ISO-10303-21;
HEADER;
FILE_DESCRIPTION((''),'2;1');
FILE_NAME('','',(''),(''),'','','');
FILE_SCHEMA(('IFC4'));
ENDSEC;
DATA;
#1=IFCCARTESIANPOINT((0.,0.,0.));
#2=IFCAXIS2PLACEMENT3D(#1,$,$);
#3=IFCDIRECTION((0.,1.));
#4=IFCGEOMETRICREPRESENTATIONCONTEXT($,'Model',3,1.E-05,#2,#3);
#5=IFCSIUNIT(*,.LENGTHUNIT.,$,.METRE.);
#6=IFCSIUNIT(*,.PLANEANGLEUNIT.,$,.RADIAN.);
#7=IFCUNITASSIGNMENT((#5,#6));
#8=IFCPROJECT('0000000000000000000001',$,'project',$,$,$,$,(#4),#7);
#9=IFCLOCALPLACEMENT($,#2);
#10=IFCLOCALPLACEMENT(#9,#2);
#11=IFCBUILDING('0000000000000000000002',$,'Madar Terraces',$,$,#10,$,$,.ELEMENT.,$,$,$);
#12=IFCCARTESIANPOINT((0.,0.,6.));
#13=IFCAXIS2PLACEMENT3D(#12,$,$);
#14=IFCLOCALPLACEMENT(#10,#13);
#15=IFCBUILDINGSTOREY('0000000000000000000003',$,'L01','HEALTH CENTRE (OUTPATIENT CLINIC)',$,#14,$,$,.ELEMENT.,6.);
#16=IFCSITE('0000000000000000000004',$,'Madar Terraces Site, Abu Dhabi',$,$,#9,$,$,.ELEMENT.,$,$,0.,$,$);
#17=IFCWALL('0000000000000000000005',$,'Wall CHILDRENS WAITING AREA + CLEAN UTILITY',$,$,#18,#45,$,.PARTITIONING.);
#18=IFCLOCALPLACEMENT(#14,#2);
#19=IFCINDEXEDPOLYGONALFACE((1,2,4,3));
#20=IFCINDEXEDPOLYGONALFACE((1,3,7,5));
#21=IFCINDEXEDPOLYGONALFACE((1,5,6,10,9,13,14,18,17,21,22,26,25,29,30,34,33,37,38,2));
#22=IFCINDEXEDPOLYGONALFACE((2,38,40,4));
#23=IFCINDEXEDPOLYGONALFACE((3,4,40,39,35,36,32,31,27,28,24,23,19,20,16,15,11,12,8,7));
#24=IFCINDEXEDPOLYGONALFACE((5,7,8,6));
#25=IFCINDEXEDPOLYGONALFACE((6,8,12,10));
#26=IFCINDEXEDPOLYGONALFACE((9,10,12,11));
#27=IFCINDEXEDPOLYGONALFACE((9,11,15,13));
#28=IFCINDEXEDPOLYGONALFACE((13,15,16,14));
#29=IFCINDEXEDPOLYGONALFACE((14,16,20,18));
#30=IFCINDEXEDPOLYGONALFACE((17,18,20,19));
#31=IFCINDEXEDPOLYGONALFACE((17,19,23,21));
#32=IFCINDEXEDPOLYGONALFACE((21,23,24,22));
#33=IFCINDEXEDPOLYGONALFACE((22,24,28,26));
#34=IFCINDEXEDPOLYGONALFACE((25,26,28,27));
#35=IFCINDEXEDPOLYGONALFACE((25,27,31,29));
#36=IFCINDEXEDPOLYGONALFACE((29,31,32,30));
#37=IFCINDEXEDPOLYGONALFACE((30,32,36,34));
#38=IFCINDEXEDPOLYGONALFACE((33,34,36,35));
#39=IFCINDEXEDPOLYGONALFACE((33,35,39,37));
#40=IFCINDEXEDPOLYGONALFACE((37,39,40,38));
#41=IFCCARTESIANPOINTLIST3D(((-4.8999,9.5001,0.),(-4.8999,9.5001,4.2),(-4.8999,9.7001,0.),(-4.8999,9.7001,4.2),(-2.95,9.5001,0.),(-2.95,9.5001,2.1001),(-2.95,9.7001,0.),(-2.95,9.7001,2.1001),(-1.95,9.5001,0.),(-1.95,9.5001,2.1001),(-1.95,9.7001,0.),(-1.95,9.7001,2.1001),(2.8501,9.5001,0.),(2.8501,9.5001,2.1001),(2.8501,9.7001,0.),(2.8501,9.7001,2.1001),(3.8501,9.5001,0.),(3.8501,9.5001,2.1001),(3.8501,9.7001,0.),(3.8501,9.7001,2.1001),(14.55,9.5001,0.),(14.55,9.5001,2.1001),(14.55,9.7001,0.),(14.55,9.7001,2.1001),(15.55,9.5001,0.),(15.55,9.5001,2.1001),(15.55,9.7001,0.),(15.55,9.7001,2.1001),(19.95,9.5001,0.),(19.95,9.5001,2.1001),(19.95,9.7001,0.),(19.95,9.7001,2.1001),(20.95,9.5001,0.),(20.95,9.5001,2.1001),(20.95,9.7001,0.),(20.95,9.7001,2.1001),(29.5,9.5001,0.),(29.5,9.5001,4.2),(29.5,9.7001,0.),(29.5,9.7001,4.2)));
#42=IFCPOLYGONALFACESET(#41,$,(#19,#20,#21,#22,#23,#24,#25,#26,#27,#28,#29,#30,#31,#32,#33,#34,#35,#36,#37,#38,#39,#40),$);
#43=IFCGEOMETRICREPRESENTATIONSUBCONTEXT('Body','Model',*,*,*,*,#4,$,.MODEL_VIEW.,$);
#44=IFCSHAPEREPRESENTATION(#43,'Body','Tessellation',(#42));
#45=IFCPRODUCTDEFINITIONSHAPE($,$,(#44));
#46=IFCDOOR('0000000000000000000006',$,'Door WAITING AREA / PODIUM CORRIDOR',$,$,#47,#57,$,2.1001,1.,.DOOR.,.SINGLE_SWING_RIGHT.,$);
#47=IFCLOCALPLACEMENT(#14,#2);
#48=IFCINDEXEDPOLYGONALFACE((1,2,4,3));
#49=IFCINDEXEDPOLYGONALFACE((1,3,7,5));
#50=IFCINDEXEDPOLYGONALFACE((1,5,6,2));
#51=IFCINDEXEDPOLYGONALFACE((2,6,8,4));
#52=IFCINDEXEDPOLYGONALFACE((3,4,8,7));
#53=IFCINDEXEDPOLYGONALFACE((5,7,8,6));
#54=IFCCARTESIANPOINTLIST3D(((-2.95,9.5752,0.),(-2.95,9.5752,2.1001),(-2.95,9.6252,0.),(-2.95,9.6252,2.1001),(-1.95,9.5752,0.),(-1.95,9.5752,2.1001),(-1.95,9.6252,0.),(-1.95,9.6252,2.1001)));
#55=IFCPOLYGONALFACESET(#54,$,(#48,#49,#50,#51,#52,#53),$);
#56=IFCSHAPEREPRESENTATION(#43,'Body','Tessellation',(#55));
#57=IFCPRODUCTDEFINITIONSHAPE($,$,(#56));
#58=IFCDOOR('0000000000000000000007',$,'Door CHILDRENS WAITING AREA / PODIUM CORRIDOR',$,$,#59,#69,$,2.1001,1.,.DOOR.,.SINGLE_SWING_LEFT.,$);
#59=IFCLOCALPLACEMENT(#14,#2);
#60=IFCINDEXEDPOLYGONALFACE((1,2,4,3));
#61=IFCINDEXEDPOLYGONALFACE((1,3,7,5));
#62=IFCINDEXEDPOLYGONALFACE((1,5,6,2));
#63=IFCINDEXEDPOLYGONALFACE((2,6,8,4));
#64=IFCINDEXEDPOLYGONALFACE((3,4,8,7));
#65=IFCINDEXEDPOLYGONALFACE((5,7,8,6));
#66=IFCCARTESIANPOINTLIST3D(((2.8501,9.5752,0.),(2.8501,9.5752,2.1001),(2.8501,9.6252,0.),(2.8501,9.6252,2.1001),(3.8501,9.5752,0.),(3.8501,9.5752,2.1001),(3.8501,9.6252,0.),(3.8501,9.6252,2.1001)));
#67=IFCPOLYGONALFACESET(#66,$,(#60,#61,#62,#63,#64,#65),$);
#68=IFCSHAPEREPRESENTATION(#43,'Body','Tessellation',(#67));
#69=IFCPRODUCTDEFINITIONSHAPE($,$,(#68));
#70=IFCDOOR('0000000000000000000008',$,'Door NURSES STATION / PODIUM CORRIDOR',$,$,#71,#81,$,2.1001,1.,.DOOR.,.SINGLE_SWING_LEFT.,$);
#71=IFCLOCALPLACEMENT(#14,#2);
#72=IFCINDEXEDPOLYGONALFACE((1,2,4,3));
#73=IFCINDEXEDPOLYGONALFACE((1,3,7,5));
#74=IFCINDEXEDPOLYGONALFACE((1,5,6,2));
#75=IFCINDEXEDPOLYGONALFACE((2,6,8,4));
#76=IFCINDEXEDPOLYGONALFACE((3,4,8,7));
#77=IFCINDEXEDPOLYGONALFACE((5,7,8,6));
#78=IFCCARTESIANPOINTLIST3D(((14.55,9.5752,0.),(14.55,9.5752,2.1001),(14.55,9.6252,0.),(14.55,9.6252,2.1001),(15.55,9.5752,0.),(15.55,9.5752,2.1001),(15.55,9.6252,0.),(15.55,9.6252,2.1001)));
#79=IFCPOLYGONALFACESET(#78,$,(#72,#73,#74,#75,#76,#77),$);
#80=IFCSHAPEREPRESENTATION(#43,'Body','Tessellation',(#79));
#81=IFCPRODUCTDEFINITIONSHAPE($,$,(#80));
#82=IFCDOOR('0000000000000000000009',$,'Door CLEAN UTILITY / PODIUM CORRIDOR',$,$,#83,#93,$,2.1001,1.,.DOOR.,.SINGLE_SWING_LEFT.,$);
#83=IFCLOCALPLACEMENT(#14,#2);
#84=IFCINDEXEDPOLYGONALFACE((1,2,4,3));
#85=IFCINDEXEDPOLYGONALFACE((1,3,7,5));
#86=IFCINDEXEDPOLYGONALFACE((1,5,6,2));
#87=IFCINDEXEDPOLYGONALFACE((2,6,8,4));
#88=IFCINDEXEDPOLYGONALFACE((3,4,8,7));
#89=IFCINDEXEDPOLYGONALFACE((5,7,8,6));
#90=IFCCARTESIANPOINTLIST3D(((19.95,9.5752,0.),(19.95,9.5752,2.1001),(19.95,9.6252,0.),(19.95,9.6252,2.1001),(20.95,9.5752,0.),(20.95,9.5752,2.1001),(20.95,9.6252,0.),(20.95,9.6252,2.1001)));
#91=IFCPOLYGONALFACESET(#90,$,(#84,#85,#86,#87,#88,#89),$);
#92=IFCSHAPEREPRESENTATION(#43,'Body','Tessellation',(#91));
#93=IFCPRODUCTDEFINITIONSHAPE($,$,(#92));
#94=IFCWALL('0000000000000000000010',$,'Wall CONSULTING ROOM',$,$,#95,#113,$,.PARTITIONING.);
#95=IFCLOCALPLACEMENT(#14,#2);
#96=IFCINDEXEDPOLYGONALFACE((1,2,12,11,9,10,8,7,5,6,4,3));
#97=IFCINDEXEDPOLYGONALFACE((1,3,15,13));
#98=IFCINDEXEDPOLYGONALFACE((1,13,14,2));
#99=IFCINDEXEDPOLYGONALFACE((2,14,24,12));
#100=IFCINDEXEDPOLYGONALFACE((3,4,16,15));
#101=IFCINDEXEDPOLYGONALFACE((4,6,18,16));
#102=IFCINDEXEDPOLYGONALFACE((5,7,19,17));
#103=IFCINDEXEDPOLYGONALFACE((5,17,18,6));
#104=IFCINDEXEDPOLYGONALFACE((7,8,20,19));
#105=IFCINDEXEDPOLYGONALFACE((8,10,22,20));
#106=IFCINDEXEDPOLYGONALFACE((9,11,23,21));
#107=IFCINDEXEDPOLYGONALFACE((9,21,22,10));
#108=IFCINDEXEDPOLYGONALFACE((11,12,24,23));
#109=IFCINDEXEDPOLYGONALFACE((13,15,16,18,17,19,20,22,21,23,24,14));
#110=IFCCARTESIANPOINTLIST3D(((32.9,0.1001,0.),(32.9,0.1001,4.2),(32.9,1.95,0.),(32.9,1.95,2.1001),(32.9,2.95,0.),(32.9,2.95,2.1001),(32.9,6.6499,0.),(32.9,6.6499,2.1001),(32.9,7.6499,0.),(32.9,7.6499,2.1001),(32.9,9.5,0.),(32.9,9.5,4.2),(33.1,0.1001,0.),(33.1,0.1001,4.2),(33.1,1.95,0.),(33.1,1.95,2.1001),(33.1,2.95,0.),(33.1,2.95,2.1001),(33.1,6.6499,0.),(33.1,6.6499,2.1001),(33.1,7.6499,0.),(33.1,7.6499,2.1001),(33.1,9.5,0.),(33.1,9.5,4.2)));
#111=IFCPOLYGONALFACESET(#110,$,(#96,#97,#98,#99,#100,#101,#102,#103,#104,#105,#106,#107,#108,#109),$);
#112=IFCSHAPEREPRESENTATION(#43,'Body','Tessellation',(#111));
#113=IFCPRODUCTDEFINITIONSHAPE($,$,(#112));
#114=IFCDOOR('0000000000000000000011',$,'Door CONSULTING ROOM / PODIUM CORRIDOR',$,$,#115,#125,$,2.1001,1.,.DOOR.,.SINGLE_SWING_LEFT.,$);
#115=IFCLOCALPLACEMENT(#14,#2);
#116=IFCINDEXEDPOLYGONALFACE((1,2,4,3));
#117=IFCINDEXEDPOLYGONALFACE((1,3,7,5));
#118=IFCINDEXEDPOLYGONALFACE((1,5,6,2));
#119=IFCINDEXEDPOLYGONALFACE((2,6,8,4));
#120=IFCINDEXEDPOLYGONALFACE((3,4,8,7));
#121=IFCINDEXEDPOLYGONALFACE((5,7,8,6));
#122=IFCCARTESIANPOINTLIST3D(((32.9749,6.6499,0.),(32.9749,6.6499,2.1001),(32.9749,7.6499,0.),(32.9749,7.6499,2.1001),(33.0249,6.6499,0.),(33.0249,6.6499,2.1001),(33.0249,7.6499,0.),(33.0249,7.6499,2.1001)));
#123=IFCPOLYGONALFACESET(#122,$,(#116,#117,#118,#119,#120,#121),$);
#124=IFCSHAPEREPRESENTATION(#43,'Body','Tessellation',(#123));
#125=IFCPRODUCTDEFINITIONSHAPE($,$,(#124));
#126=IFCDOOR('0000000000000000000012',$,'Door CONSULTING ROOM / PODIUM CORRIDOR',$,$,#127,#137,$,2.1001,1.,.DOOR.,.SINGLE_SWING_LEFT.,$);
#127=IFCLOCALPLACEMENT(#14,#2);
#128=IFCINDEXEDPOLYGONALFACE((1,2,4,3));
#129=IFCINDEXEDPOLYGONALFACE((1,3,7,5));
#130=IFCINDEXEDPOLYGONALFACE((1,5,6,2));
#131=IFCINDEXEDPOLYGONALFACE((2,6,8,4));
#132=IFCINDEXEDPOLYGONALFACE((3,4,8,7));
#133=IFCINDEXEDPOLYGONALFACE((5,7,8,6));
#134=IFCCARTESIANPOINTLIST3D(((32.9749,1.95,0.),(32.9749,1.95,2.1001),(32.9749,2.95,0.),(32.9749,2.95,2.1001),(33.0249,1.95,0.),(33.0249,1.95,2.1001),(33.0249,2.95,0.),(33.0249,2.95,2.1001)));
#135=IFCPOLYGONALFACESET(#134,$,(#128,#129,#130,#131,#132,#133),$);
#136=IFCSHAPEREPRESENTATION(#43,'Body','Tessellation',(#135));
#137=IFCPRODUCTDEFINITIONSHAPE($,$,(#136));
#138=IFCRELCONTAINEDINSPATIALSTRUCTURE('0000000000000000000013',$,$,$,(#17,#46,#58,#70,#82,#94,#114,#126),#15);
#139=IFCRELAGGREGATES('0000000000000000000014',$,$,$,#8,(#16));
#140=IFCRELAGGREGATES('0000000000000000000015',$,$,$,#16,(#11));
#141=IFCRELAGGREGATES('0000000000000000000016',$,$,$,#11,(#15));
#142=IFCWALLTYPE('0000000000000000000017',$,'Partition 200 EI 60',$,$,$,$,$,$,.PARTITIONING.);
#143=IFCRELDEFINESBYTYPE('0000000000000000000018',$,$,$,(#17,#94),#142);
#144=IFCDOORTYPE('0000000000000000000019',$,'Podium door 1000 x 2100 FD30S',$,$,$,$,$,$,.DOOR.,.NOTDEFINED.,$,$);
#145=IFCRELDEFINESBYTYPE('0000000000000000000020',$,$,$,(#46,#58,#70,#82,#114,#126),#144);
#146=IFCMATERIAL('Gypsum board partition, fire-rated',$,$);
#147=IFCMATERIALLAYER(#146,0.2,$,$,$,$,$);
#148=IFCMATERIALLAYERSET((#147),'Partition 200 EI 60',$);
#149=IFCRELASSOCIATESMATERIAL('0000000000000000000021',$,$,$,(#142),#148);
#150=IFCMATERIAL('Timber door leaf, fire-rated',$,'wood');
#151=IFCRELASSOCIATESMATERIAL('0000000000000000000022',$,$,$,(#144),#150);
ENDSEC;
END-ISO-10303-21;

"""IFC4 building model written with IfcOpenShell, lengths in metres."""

from ifc_helpers import new_model, si_unit, direction, frame, frame_2d, origin, place, context, subcontext, project, spatial, rectangle, extrude, material, layer, layer_set, type_object, element, fill, save


model = new_model("IFC4")

# Units and contexts
model_context = context("Model", 3, precision=1e-05, world=origin(), true_north=direction((0.0, 1.0)))
body_context = subcontext(model_context, "Body", "Model", "MODEL_VIEW")
ifc_project = project(units=[si_unit("LENGTHUNIT", "METRE"), si_unit("PLANEANGLEUNIT", "RADIAN")], contexts=[model_context])

# Site, building, storey
site_placement = place(None, origin())
site = spatial("IfcSite", under=ifc_project, at=site_placement, Name="Madar Terraces Site, Abu Dhabi", CompositionType="ELEMENT", RefElevation=0.0)
building_placement = place(site_placement, origin())
building = spatial("IfcBuilding", under=site, at=building_placement, Name="Madar Terraces", CompositionType="ELEMENT")
storey_placement = place(building_placement, frame((0.0, 0.0, 6.0)))
storey = spatial("IfcBuildingStorey", under=building, at=storey_placement, Name="L01", Description="HEALTH CENTRE (OUTPATIENT CLINIC)", CompositionType="ELEMENT", Elevation=6.0)

# Shared definitions
ifc_material_1 = material(Name="Gypsum board partition, fire-rated")
ifc_layer_1 = layer(ifc_material_1, 0.2)
ifc_layer_set_1 = layer_set([ifc_layer_1], Name="Partition 200 EI 60")
wall_type_1 = type_object("IfcWallType", Name="Partition 200 EI 60", PredefinedType="PARTITIONING", material=ifc_layer_set_1)

# Walls, openings, doors
wall_1_placement = place(storey_placement, frame((29.5, 9.6001, 0.0), z_axis=(0.0, 0.0, 1.0), x_axis=(-1.0, 0.0, 0.0)))
wall_1 = element("IfcWall", 1, at=wall_1_placement, inside=storey, type_object=wall_type_1, Name="Wall CHILDRENS WAITING AREA + CLEAN UTILITY", PredefinedType="PARTITIONING", context=body_context, shape_type="SweptSolid", body=[
    extrude(rectangle(XDim=34.3999, YDim=0.2, at=frame_2d((17.2, 0.0))), origin(), (0.0, 0.0, 1.0), 4.2),
])
opening_1_placement = place(wall_1_placement, frame((31.45, 0.0, 0.0)))
opening_1 = element("IfcOpeningElement", 2, at=opening_1_placement, cuts=wall_1, PredefinedType="OPENING", context=body_context, shape_type="SweptSolid", body=[
    extrude(rectangle(XDim=1.0, YDim=2.1001, at=frame_2d((0.5, 1.05))), frame((0.0, 0.1099, 0.0), z_axis=(0.0, -1.0, 0.0), x_axis=(1.0, 0.0, 0.0)), (0.0, 0.0, 1.0), 0.22),
])
opening_2_placement = place(wall_1_placement, frame((25.6499, 0.0, 0.0)))
opening_2 = element("IfcOpeningElement", 3, at=opening_2_placement, cuts=wall_1, PredefinedType="OPENING", context=body_context, shape_type="SweptSolid", body=[
    extrude(rectangle(XDim=1.0, YDim=2.1001, at=frame_2d((0.5, 1.05))), frame((0.0, 0.1099, 0.0), z_axis=(0.0, -1.0, 0.0), x_axis=(1.0, 0.0, 0.0)), (0.0, 0.0, 1.0), 0.22),
])
opening_3_placement = place(wall_1_placement, frame((13.95, 0.0, 0.0)))
opening_3 = element("IfcOpeningElement", 4, at=opening_3_placement, cuts=wall_1, PredefinedType="OPENING", context=body_context, shape_type="SweptSolid", body=[
    extrude(rectangle(XDim=1.0, YDim=2.1001, at=frame_2d((0.5, 1.05))), frame((0.0, 0.1099, 0.0), z_axis=(0.0, -1.0, 0.0), x_axis=(1.0, 0.0, 0.0)), (0.0, 0.0, 1.0), 0.22),
])
opening_4_placement = place(wall_1_placement, frame((8.55, 0.0, 0.0)))
opening_4 = element("IfcOpeningElement", 5, at=opening_4_placement, cuts=wall_1, PredefinedType="OPENING", context=body_context, shape_type="SweptSolid", body=[
    extrude(rectangle(XDim=1.0, YDim=2.1001, at=frame_2d((0.5, 1.05))), frame((0.0, 0.1099, 0.0), z_axis=(0.0, -1.0, 0.0), x_axis=(1.0, 0.0, 0.0)), (0.0, 0.0, 1.0), 0.22),
])
ifc_material_2 = material(Name="Timber door leaf, fire-rated", Category="wood")
door_type_1 = type_object("IfcDoorType", Name="Podium door 1000 x 2100 FD30S", OperationType="NOTDEFINED", PredefinedType="DOOR", material=ifc_material_2)
door_1_placement = place(opening_1_placement, origin())
door_1 = element("IfcDoor", 6, at=door_1_placement, inside=storey, type_object=door_type_1, Name="Door WAITING AREA / PODIUM CORRIDOR", OperationType="SINGLE_SWING_RIGHT", OverallHeight=2.1001, OverallWidth=1.0, PredefinedType="DOOR", context=body_context, shape_type="SweptSolid", body=[
    extrude(rectangle(XDim=1.0, YDim=2.1001, at=frame_2d((0.5, 1.05))), frame((0.0, 0.0249, 0.0), z_axis=(0.0, -1.0, 0.0), x_axis=(1.0, 0.0, 0.0)), (0.0, 0.0, 1.0), 0.05),
])
fill(opening_1, door_1)
door_2_placement = place(opening_2_placement, origin())
door_2 = element("IfcDoor", 7, at=door_2_placement, inside=storey, type_object=door_type_1, Name="Door CHILDRENS WAITING AREA / PODIUM CORRIDOR", OperationType="SINGLE_SWING_LEFT", OverallHeight=2.1001, OverallWidth=1.0, PredefinedType="DOOR", context=body_context, shape_type="SweptSolid", body=[
    extrude(rectangle(XDim=1.0, YDim=2.1001, at=frame_2d((0.5, 1.05))), frame((0.0, 0.0249, 0.0), z_axis=(0.0, -1.0, 0.0), x_axis=(1.0, 0.0, 0.0)), (0.0, 0.0, 1.0), 0.05),
])
fill(opening_2, door_2)
door_3_placement = place(opening_3_placement, origin())
door_3 = element("IfcDoor", 8, at=door_3_placement, inside=storey, type_object=door_type_1, Name="Door NURSES STATION / PODIUM CORRIDOR", OperationType="SINGLE_SWING_LEFT", OverallHeight=2.1001, OverallWidth=1.0, PredefinedType="DOOR", context=body_context, shape_type="SweptSolid", body=[
    extrude(rectangle(XDim=1.0, YDim=2.1001, at=frame_2d((0.5, 1.05))), frame((0.0, 0.0249, 0.0), z_axis=(0.0, -1.0, 0.0), x_axis=(1.0, 0.0, 0.0)), (0.0, 0.0, 1.0), 0.05),
])
fill(opening_3, door_3)
door_4_placement = place(opening_4_placement, origin())
door_4 = element("IfcDoor", 9, at=door_4_placement, inside=storey, type_object=door_type_1, Name="Door CLEAN UTILITY / PODIUM CORRIDOR", OperationType="SINGLE_SWING_LEFT", OverallHeight=2.1001, OverallWidth=1.0, PredefinedType="DOOR", context=body_context, shape_type="SweptSolid", body=[
    extrude(rectangle(XDim=1.0, YDim=2.1001, at=frame_2d((0.5, 1.05))), frame((0.0, 0.0249, 0.0), z_axis=(0.0, -1.0, 0.0), x_axis=(1.0, 0.0, 0.0)), (0.0, 0.0, 1.0), 0.05),
])
fill(opening_4, door_4)
wall_2_placement = place(storey_placement, frame((33.0, 9.5, 0.0), z_axis=(0.0, 0.0, 1.0), x_axis=(0.0, -1.0, 0.0)))
wall_2 = element("IfcWall", 10, at=wall_2_placement, inside=storey, type_object=wall_type_1, Name="Wall CONSULTING ROOM", PredefinedType="PARTITIONING", context=body_context, shape_type="SweptSolid", body=[
    extrude(rectangle(XDim=9.3999, YDim=0.2, at=frame_2d((4.7, 0.0))), origin(), (0.0, 0.0, 1.0), 4.2),
])
opening_5_placement = place(wall_2_placement, frame((1.8501, 0.0, 0.0)))
opening_5 = element("IfcOpeningElement", 11, at=opening_5_placement, cuts=wall_2, PredefinedType="OPENING", context=body_context, shape_type="SweptSolid", body=[
    extrude(rectangle(XDim=1.0, YDim=2.1001, at=frame_2d((0.5, 1.05))), frame((0.0, 0.1099, 0.0), z_axis=(0.0, -1.0, 0.0), x_axis=(1.0, 0.0, 0.0)), (0.0, 0.0, 1.0), 0.22),
])
opening_6_placement = place(wall_2_placement, frame((6.55, 0.0, 0.0)))
opening_6 = element("IfcOpeningElement", 12, at=opening_6_placement, cuts=wall_2, PredefinedType="OPENING", context=body_context, shape_type="SweptSolid", body=[
    extrude(rectangle(XDim=1.0, YDim=2.1001, at=frame_2d((0.5, 1.05))), frame((0.0, 0.1099, 0.0), z_axis=(0.0, -1.0, 0.0), x_axis=(1.0, 0.0, 0.0)), (0.0, 0.0, 1.0), 0.22),
])
door_5_placement = place(opening_5_placement, origin())
door_5 = element("IfcDoor", 13, at=door_5_placement, inside=storey, type_object=door_type_1, Name="Door CONSULTING ROOM / PODIUM CORRIDOR", OperationType="SINGLE_SWING_LEFT", OverallHeight=2.1001, OverallWidth=1.0, PredefinedType="DOOR", context=body_context, shape_type="SweptSolid", body=[
    extrude(rectangle(XDim=1.0, YDim=2.1001, at=frame_2d((0.5, 1.05))), frame((0.0, 0.0249, 0.0), z_axis=(0.0, -1.0, 0.0), x_axis=(1.0, 0.0, 0.0)), (0.0, 0.0, 1.0), 0.05),
])
fill(opening_5, door_5)
door_6_placement = place(opening_6_placement, origin())
door_6 = element("IfcDoor", 14, at=door_6_placement, inside=storey, type_object=door_type_1, Name="Door CONSULTING ROOM / PODIUM CORRIDOR", OperationType="SINGLE_SWING_LEFT", OverallHeight=2.1001, OverallWidth=1.0, PredefinedType="DOOR", context=body_context, shape_type="SweptSolid", body=[
    extrude(rectangle(XDim=1.0, YDim=2.1001, at=frame_2d((0.5, 1.05))), frame((0.0, 0.0249, 0.0), z_axis=(0.0, -1.0, 0.0), x_axis=(1.0, 0.0, 0.0)), (0.0, 0.0, 1.0), 0.05),
])
fill(opening_6, door_6)

save(model, "model.ifc")
